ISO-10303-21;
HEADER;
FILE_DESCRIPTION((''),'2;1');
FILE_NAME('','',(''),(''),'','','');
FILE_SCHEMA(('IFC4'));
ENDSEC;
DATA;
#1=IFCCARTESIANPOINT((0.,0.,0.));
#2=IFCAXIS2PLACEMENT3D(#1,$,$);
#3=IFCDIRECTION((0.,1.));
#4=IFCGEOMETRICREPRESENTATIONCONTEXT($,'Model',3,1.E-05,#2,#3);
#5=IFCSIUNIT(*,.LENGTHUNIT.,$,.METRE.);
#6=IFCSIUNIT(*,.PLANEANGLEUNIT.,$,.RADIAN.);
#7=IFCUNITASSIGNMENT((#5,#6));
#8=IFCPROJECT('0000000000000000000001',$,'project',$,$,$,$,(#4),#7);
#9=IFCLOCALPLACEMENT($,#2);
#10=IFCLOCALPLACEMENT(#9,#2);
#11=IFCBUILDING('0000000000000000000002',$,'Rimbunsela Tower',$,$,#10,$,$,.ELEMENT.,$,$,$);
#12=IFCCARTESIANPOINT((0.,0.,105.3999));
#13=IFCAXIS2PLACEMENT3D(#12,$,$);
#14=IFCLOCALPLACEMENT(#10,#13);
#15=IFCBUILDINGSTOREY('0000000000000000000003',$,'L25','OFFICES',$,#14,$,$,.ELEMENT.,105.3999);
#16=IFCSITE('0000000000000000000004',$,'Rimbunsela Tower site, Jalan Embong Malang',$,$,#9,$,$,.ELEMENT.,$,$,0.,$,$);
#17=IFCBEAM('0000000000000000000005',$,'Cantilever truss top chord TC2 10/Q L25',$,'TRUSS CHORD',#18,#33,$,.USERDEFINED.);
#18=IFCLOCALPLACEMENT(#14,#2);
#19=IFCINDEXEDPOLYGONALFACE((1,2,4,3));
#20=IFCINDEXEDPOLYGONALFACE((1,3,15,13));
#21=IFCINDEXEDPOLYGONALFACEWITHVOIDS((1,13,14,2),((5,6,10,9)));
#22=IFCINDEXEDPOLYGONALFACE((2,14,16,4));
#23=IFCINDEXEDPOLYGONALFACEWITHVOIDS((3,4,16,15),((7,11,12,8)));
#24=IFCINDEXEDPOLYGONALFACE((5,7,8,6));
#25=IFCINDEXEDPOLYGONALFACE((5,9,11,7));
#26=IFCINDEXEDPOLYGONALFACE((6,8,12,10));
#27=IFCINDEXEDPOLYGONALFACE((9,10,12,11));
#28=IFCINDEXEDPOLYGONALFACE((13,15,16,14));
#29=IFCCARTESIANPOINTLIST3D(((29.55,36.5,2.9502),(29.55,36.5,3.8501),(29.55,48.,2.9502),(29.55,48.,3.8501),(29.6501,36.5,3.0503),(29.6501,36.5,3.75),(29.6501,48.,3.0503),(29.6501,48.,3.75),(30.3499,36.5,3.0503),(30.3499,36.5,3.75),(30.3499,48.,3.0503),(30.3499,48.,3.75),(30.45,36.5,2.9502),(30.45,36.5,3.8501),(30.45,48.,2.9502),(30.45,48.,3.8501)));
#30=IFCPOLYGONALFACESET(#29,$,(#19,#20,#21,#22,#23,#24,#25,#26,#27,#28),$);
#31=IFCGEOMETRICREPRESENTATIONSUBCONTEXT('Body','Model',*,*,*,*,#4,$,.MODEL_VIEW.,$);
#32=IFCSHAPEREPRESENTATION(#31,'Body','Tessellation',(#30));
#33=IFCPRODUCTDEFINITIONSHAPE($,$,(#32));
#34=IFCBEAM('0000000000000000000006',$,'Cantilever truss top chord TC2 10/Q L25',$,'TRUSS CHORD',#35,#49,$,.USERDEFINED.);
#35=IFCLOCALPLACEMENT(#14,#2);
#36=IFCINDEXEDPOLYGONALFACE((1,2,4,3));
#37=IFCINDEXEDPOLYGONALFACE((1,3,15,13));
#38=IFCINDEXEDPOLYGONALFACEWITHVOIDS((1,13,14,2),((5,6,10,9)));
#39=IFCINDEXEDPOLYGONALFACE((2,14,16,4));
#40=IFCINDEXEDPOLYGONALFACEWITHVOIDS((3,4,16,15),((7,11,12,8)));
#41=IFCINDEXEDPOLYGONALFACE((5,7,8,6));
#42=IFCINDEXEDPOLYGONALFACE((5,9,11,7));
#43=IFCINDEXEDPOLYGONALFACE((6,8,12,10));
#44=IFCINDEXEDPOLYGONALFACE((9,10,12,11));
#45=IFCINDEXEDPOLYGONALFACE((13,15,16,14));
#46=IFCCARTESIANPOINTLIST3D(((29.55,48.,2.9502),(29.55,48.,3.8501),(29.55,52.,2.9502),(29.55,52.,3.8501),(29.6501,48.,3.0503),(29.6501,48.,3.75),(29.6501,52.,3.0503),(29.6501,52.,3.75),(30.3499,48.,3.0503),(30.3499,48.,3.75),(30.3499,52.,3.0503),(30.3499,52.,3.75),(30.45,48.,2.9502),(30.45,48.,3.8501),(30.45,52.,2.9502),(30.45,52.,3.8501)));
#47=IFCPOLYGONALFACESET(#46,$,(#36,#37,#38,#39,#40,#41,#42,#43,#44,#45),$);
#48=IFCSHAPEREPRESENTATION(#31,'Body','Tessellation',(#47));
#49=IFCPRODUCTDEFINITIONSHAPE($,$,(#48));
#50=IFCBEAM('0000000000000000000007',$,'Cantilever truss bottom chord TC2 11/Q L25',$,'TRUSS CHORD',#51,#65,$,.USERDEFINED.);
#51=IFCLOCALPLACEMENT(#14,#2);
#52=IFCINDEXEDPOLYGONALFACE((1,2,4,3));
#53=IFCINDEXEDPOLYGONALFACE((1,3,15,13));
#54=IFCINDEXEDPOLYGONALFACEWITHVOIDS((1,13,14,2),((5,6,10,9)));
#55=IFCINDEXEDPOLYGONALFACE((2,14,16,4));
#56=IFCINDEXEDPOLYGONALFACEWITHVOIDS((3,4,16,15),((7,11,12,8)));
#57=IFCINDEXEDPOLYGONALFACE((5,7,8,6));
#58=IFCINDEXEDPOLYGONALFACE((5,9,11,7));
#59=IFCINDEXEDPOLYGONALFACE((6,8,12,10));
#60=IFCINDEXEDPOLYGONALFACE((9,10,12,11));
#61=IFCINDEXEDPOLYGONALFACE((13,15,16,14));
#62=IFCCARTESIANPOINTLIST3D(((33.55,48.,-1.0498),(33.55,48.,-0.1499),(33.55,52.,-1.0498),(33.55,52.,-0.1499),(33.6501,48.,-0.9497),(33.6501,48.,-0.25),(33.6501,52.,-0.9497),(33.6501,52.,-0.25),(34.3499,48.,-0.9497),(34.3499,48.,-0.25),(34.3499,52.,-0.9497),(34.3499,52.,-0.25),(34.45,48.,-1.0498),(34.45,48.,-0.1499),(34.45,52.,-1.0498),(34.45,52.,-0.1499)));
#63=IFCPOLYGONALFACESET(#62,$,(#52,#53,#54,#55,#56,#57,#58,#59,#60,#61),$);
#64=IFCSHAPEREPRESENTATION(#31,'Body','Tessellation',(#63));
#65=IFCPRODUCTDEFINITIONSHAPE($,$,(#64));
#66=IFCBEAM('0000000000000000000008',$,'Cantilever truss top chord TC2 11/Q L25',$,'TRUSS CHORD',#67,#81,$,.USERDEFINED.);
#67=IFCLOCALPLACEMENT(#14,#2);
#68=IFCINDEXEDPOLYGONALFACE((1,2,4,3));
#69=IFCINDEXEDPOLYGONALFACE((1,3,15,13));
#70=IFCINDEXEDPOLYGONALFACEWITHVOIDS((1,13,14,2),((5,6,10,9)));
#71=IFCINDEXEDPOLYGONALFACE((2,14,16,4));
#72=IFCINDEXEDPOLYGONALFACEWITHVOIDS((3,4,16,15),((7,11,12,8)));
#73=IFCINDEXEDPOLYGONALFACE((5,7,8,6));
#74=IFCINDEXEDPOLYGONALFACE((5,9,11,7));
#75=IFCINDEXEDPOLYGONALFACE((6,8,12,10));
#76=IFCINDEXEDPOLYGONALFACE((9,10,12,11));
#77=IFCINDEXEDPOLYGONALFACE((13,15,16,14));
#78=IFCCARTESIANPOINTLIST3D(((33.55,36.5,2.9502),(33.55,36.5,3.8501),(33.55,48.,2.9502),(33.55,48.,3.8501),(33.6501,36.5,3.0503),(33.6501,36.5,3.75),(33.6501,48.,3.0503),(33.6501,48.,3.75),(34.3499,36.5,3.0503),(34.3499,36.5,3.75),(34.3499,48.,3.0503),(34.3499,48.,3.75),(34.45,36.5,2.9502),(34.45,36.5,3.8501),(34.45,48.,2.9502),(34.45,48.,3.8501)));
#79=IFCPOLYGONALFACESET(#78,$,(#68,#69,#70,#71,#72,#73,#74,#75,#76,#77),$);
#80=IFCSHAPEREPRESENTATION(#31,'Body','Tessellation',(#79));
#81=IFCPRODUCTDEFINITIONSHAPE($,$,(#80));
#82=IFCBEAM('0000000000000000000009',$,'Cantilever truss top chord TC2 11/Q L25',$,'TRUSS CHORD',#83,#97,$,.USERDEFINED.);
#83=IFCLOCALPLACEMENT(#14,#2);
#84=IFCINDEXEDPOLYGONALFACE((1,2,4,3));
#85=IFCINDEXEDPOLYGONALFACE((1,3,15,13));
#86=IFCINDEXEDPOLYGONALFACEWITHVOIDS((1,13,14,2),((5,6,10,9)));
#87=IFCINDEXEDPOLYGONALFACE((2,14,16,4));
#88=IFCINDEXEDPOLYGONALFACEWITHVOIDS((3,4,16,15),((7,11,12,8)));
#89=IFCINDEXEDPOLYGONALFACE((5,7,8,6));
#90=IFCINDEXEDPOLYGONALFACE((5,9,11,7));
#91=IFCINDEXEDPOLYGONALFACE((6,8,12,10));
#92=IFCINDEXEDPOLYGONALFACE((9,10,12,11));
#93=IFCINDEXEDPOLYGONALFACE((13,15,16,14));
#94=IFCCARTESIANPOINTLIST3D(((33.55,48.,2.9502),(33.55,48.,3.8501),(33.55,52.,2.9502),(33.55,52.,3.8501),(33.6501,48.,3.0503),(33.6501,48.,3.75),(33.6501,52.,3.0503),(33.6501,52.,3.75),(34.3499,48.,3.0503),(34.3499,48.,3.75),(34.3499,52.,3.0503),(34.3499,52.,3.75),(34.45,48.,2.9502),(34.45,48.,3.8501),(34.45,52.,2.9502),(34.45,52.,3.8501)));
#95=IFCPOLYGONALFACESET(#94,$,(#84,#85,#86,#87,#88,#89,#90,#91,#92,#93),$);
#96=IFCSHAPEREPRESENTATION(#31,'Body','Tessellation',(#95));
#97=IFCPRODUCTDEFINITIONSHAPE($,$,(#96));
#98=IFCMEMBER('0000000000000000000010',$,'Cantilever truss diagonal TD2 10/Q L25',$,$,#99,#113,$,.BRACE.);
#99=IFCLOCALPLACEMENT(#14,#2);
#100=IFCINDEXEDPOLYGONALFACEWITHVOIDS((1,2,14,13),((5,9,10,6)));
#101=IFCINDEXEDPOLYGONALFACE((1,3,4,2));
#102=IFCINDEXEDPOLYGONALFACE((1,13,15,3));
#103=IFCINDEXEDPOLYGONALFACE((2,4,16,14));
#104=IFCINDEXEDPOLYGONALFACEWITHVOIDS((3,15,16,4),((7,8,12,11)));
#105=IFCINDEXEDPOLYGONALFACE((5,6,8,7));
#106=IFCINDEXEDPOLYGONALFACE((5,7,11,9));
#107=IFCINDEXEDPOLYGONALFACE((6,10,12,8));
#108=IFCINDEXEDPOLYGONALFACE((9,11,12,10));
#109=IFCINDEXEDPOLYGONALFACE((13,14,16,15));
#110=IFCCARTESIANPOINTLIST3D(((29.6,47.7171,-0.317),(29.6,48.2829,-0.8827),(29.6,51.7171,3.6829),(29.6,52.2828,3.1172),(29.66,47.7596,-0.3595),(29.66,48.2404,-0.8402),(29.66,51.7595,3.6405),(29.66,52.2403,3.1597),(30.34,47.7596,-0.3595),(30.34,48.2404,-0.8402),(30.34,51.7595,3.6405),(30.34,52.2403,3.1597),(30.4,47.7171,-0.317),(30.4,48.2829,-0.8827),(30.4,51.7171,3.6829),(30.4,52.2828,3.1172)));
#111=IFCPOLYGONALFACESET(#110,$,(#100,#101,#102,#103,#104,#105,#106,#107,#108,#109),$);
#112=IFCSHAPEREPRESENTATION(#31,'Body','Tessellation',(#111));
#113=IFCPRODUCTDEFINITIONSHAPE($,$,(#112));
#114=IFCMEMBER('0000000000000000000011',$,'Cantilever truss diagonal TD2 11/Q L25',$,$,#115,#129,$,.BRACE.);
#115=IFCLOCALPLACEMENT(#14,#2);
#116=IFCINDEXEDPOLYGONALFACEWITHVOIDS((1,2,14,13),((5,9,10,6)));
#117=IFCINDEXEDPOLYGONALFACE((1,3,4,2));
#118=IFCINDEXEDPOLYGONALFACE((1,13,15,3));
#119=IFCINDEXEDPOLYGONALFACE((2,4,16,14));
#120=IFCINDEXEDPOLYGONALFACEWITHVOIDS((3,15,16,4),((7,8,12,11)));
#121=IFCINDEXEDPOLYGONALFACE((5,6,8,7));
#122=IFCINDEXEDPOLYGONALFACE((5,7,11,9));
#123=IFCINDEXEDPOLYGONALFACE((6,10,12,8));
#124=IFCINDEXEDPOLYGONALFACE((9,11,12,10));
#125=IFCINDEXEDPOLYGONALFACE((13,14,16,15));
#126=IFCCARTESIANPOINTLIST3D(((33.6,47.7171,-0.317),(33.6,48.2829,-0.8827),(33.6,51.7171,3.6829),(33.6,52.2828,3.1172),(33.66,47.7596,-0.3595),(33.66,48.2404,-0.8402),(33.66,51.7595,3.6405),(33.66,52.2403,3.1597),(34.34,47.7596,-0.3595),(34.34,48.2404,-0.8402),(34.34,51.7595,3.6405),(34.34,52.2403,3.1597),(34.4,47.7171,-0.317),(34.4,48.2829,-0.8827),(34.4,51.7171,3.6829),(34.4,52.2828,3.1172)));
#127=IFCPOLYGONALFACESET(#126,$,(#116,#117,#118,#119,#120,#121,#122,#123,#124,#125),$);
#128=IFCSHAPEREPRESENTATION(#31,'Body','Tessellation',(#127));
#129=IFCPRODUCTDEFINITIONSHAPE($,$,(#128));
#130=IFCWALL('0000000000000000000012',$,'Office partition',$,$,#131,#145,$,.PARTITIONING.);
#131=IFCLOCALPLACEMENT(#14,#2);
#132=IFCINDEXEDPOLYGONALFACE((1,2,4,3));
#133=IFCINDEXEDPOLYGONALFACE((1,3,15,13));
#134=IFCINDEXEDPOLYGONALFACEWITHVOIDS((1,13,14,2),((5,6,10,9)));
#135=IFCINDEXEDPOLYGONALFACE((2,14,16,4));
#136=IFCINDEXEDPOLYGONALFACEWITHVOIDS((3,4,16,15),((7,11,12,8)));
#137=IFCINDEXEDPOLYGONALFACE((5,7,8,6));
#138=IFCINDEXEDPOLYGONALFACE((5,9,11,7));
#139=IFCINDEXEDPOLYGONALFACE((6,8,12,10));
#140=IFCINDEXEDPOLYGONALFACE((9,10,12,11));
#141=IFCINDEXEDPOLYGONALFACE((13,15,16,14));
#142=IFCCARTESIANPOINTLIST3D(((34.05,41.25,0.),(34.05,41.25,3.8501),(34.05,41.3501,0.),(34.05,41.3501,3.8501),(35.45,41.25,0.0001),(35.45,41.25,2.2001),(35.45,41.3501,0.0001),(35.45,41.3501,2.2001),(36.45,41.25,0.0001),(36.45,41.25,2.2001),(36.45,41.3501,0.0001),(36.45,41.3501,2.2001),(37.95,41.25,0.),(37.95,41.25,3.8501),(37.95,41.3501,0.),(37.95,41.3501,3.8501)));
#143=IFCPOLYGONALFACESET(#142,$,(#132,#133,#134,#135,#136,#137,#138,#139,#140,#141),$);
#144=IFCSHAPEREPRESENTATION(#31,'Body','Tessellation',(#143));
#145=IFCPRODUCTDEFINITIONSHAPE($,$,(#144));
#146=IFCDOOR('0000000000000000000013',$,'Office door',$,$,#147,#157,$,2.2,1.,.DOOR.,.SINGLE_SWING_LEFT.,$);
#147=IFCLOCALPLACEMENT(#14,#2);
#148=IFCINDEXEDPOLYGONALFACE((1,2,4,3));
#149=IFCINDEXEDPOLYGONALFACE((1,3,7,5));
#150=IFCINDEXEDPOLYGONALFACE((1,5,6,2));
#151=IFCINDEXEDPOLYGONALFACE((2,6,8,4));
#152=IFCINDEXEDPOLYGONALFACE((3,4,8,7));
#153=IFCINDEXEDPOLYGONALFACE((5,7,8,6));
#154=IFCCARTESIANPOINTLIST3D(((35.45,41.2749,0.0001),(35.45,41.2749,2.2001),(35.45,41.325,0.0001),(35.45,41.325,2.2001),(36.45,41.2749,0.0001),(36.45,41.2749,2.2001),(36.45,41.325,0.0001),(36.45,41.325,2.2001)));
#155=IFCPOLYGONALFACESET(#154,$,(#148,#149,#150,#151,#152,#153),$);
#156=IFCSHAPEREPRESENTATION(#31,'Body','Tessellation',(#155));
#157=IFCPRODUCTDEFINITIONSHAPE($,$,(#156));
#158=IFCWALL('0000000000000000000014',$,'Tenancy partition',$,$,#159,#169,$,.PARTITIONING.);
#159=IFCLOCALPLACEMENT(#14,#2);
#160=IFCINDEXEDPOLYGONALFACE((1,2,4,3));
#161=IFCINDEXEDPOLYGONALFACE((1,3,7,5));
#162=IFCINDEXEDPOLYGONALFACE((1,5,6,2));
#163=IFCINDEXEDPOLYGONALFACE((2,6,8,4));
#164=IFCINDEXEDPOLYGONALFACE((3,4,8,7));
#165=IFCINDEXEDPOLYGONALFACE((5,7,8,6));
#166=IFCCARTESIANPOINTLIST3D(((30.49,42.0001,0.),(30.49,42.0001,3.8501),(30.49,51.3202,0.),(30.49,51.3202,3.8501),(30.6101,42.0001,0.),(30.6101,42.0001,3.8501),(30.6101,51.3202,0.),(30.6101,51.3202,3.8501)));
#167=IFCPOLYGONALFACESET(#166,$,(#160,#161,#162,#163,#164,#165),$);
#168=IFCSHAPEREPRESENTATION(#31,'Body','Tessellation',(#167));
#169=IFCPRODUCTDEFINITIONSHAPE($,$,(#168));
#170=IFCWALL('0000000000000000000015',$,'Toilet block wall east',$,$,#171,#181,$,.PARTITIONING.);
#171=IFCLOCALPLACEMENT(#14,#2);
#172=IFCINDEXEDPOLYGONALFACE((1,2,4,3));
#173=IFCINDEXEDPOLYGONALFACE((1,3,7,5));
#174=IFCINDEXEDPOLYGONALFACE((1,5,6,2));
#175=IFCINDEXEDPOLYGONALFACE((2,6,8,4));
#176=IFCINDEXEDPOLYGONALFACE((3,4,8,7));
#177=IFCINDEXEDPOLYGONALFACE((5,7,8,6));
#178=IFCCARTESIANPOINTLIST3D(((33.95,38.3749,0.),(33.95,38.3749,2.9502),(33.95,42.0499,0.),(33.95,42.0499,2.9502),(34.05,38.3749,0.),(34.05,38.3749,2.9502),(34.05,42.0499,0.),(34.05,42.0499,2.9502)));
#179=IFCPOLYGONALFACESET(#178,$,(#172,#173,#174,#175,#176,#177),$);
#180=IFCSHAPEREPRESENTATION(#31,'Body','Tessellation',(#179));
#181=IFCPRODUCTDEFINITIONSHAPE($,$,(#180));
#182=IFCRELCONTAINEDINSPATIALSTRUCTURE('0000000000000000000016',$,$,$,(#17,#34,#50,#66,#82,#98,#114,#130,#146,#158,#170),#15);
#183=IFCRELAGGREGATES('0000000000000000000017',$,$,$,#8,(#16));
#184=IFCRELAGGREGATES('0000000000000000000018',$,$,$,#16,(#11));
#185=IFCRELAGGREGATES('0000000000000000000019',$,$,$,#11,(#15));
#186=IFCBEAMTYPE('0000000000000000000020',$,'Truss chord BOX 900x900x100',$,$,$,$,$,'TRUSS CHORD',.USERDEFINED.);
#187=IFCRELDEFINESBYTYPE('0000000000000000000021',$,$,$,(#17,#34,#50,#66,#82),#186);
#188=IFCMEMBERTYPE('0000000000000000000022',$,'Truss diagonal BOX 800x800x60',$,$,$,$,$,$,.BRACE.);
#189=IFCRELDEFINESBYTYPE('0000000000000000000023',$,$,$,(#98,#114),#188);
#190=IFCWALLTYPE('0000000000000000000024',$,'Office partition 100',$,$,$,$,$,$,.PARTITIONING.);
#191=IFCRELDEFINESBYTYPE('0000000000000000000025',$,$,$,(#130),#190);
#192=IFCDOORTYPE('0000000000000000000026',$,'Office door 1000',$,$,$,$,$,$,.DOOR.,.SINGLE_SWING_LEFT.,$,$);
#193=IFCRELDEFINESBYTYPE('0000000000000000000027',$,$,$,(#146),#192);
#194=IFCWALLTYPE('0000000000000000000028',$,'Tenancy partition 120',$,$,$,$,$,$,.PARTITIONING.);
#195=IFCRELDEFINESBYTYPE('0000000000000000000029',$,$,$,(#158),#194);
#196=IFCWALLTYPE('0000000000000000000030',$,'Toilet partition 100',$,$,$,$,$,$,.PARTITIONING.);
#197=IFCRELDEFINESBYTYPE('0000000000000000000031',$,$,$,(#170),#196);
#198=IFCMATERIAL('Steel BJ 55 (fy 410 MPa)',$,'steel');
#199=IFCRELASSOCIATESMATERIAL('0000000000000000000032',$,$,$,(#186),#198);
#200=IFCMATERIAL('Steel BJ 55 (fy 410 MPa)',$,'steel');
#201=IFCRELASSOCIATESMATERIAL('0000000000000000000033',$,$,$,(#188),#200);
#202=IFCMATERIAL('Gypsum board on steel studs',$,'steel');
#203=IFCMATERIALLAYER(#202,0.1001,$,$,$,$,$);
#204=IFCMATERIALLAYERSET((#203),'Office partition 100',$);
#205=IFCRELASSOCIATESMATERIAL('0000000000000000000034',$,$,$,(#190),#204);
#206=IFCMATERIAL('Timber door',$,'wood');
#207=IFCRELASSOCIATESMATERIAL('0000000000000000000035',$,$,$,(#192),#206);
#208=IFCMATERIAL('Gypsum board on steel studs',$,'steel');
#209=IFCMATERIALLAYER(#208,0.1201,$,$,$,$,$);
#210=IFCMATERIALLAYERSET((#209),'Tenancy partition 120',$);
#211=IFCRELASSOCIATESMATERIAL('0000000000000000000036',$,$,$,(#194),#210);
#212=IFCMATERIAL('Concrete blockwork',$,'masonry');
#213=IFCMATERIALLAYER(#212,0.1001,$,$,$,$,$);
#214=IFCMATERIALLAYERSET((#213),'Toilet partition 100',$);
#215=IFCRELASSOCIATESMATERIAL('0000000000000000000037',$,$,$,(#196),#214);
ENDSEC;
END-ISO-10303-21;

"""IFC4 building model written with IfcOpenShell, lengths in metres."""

from ifc_helpers import new_model, si_unit, direction, frame, frame_2d, origin, origin_2d, place, context, subcontext, project, spatial, rectangle, hollow_rectangle, extrude, material, layer, layer_set, material_profile, profile_set, type_object, element, fill, save


model = new_model("IFC4")

# Units and contexts
model_context = context("Model", 3, precision=1e-05, world=origin(), true_north=direction((0.0, 1.0)))
body_context = subcontext(model_context, "Body", "Model", "MODEL_VIEW")
ifc_project = project(units=[si_unit("LENGTHUNIT", "METRE"), si_unit("PLANEANGLEUNIT", "RADIAN")], contexts=[model_context])

# Site, building, storey
site_placement = place(None, origin())
site = spatial("IfcSite", under=ifc_project, at=site_placement, Name="Rimbunsela Tower site, Jalan Embong Malang", CompositionType="ELEMENT", RefElevation=0.0)
building_placement = place(site_placement, origin())
building = spatial("IfcBuilding", under=site, at=building_placement, Name="Rimbunsela Tower", CompositionType="ELEMENT")
storey_placement = place(building_placement, frame((0.0, 0.0, 105.3999)))
storey = spatial("IfcBuildingStorey", under=building, at=storey_placement, Name="L25", Description="OFFICES", CompositionType="ELEMENT", Elevation=105.3999)

# Beams
ifc_material_1 = material(Name="Steel BJ 55 (fy 410 MPa)", Category="steel")
ifc_material_profile_1 = material_profile(ifc_material_1, hollow_rectangle(XDim=0.8999, YDim=0.8999, WallThickness=0.1001, at=origin_2d()), Name="BOX 900x900x100")
ifc_profile_set_1 = profile_set([ifc_material_profile_1], Name="Steel BJ 55 (fy 410 MPa)")
beam_type_1 = type_object("IfcBeamType", Name="Truss chord BOX 900x900x100", ElementType="TRUSS CHORD", PredefinedType="USERDEFINED", material=ifc_profile_set_1)
beam_1_placement = place(storey_placement, frame((30.0, 36.5, 3.4001), z_axis=(0.0, 1.0, 0.0), x_axis=(-1.0, 0.0, 0.0)))
element("IfcBeam", 1, at=beam_1_placement, inside=storey, type_object=beam_type_1, Name="Cantilever truss top chord TC2 10/Q L25", ObjectType="TRUSS CHORD", PredefinedType="USERDEFINED", context=body_context, shape_type="SweptSolid", body=[
    extrude(hollow_rectangle(XDim=0.8999, YDim=0.8999, WallThickness=0.1001, at=origin_2d()), origin(), (0.0, 0.0, 1.0), 11.5),
])
for number, where, z_axis, x_axis, name in (
    (2, (30.0, 48.0, 3.4001), (0.0, 1.0, 0.0), (-1.0, 0.0, 0.0), "Cantilever truss top chord TC2 10/Q L25"),
    (3, (34.0, 48.0, -0.5999), (0.0, 1.0, 0.0), (-1.0, 0.0, 0.0), "Cantilever truss bottom chord TC2 11/Q L25"),
):
    element("IfcBeam", number, at=place(storey_placement, frame(where, z_axis=z_axis, x_axis=x_axis)), inside=storey, type_object=beam_type_1, Name=name, ObjectType="TRUSS CHORD", PredefinedType="USERDEFINED", context=body_context, shape_type="SweptSolid", body=[
        extrude(hollow_rectangle(XDim=0.8999, YDim=0.8999, WallThickness=0.1001, at=origin_2d()), origin(), (0.0, 0.0, 1.0), 4.0),
    ])
beam_2_placement = place(storey_placement, frame((34.0, 36.5, 3.4001), z_axis=(0.0, 1.0, 0.0), x_axis=(-1.0, 0.0, 0.0)))
element("IfcBeam", 4, at=beam_2_placement, inside=storey, type_object=beam_type_1, Name="Cantilever truss top chord TC2 11/Q L25", ObjectType="TRUSS CHORD", PredefinedType="USERDEFINED", context=body_context, shape_type="SweptSolid", body=[
    extrude(hollow_rectangle(XDim=0.8999, YDim=0.8999, WallThickness=0.1001, at=origin_2d()), origin(), (0.0, 0.0, 1.0), 11.5),
])
beam_3_placement = place(storey_placement, frame((34.0, 48.0, 3.4001), z_axis=(0.0, 1.0, 0.0), x_axis=(-1.0, 0.0, 0.0)))
element("IfcBeam", 5, at=beam_3_placement, inside=storey, type_object=beam_type_1, Name="Cantilever truss top chord TC2 11/Q L25", ObjectType="TRUSS CHORD", PredefinedType="USERDEFINED", context=body_context, shape_type="SweptSolid", body=[
    extrude(hollow_rectangle(XDim=0.8999, YDim=0.8999, WallThickness=0.1001, at=origin_2d()), origin(), (0.0, 0.0, 1.0), 4.0),
])

# Members
ifc_material_2 = material(Name="Steel BJ 55 (fy 410 MPa)", Category="steel")
ifc_material_profile_2 = material_profile(ifc_material_2, hollow_rectangle(XDim=0.8, YDim=0.8, WallThickness=0.0601, at=origin_2d()), Name="BOX 800x800x60")
ifc_profile_set_2 = profile_set([ifc_material_profile_2], Name="Steel BJ 55 (fy 410 MPa)")
member_type_1 = type_object("IfcMemberType", Name="Truss diagonal BOX 800x800x60", PredefinedType="BRACE", material=ifc_profile_set_2)
for number, where, z_axis, x_axis, name in (
    (6, (30.0, 48.0, -0.5999), (0.0, 0.707107, 0.707107), (-1.0, 0.0, 0.0), "Cantilever truss diagonal TD2 10/Q L25"),
    (7, (34.0, 48.0, -0.5999), (0.0, 0.707107, 0.707107), (-1.0, 0.0, 0.0), "Cantilever truss diagonal TD2 11/Q L25"),
):
    element("IfcMember", number, at=place(storey_placement, frame(where, z_axis=z_axis, x_axis=x_axis)), inside=storey, type_object=member_type_1, Name=name, PredefinedType="BRACE", context=body_context, shape_type="SweptSolid", body=[
        extrude(hollow_rectangle(XDim=0.8, YDim=0.8, WallThickness=0.0601, at=origin_2d()), origin(), (0.0, 0.0, 1.0), 5.6567),
    ])

# Wall, opening, door
ifc_material_3 = material(Name="Gypsum board on steel studs", Category="steel")
ifc_layer_1 = layer(ifc_material_3, 0.1001)
ifc_layer_set_1 = layer_set([ifc_layer_1], Name="Office partition 100")
wall_type_1 = type_object("IfcWallType", Name="Office partition 100", PredefinedType="PARTITIONING", material=ifc_layer_set_1)
wall_1_placement = place(storey_placement, frame((34.05, 41.3, 0.0), z_axis=(0.0, 0.0, 1.0), x_axis=(1.0, 0.0, 0.0)))
wall_1 = element("IfcWall", 8, at=wall_1_placement, inside=storey, type_object=wall_type_1, Name="Office partition", PredefinedType="PARTITIONING", context=body_context, shape_type="SweptSolid", body=[
    extrude(rectangle(XDim=3.8999, YDim=0.1001, at=frame_2d((1.95, 0.0))), origin(), (0.0, 0.0, 1.0), 3.8501),
])
opening_placement = place(wall_1_placement, frame((1.3999, 0.0, 0.0)))
opening = element("IfcOpeningElement", 9, at=opening_placement, cuts=wall_1, PredefinedType="OPENING", context=body_context, shape_type="SweptSolid", body=[
    extrude(rectangle(XDim=1.0, YDim=2.2, at=frame_2d((0.5, 1.1001))), frame((0.0, 0.0601, 0.0), z_axis=(0.0, -1.0, 0.0), x_axis=(1.0, 0.0, 0.0)), (0.0, 0.0, 1.0), 0.1201),
])
ifc_material_4 = material(Name="Timber door", Category="wood")
door_type = type_object("IfcDoorType", Name="Office door 1000", OperationType="SINGLE_SWING_LEFT", PredefinedType="DOOR", material=ifc_material_4)
door_placement = place(opening_placement, origin())
door = element("IfcDoor", 10, at=door_placement, inside=storey, type_object=door_type, Name="Office door", OperationType="SINGLE_SWING_LEFT", OverallHeight=2.2, OverallWidth=1.0, PredefinedType="DOOR", context=body_context, shape_type="SweptSolid", body=[
    extrude(rectangle(XDim=1.0, YDim=2.2, at=frame_2d((0.5, 1.1001))), frame((0.0, 0.0249, 0.0), z_axis=(0.0, -1.0, 0.0), x_axis=(1.0, 0.0, 0.0)), (0.0, 0.0, 1.0), 0.05),
])
fill(opening, door)

# Walls
ifc_material_5 = material(Name="Gypsum board on steel studs", Category="steel")
ifc_layer_2 = layer(ifc_material_5, 0.1201)
ifc_layer_set_2 = layer_set([ifc_layer_2], Name="Tenancy partition 120")
wall_type_2 = type_object("IfcWallType", Name="Tenancy partition 120", PredefinedType="PARTITIONING", material=ifc_layer_set_2)
wall_2_placement = place(storey_placement, frame((30.55, 42.0, 0.0), z_axis=(0.0, 0.0, 1.0), x_axis=(0.0, 1.0, 0.0)))
element("IfcWall", 11, at=wall_2_placement, inside=storey, type_object=wall_type_2, Name="Tenancy partition", PredefinedType="PARTITIONING", context=body_context, shape_type="SweptSolid", body=[
    extrude(rectangle(XDim=9.3201, YDim=0.1201, at=frame_2d((4.6602, 0.0))), origin(), (0.0, 0.0, 1.0), 3.8501),
])
ifc_material_6 = material(Name="Concrete blockwork", Category="masonry")
ifc_layer_3 = layer(ifc_material_6, 0.1001)
ifc_layer_set_3 = layer_set([ifc_layer_3], Name="Toilet partition 100")
wall_type_3 = type_object("IfcWallType", Name="Toilet partition 100", PredefinedType="PARTITIONING", material=ifc_layer_set_3)
wall_3_placement = place(storey_placement, frame((34.0, 38.375, 0.0), z_axis=(0.0, 0.0, 1.0), x_axis=(0.0, 1.0, 0.0)))
element("IfcWall", 12, at=wall_3_placement, inside=storey, type_object=wall_type_3, Name="Toilet block wall east", PredefinedType="PARTITIONING", context=body_context, shape_type="SweptSolid", body=[
    extrude(rectangle(XDim=3.675, YDim=0.1001, at=frame_2d((1.8374, 0.0))), origin(), (0.0, 0.0, 1.0), 2.9502),
])

save(model, "model.ifc")
